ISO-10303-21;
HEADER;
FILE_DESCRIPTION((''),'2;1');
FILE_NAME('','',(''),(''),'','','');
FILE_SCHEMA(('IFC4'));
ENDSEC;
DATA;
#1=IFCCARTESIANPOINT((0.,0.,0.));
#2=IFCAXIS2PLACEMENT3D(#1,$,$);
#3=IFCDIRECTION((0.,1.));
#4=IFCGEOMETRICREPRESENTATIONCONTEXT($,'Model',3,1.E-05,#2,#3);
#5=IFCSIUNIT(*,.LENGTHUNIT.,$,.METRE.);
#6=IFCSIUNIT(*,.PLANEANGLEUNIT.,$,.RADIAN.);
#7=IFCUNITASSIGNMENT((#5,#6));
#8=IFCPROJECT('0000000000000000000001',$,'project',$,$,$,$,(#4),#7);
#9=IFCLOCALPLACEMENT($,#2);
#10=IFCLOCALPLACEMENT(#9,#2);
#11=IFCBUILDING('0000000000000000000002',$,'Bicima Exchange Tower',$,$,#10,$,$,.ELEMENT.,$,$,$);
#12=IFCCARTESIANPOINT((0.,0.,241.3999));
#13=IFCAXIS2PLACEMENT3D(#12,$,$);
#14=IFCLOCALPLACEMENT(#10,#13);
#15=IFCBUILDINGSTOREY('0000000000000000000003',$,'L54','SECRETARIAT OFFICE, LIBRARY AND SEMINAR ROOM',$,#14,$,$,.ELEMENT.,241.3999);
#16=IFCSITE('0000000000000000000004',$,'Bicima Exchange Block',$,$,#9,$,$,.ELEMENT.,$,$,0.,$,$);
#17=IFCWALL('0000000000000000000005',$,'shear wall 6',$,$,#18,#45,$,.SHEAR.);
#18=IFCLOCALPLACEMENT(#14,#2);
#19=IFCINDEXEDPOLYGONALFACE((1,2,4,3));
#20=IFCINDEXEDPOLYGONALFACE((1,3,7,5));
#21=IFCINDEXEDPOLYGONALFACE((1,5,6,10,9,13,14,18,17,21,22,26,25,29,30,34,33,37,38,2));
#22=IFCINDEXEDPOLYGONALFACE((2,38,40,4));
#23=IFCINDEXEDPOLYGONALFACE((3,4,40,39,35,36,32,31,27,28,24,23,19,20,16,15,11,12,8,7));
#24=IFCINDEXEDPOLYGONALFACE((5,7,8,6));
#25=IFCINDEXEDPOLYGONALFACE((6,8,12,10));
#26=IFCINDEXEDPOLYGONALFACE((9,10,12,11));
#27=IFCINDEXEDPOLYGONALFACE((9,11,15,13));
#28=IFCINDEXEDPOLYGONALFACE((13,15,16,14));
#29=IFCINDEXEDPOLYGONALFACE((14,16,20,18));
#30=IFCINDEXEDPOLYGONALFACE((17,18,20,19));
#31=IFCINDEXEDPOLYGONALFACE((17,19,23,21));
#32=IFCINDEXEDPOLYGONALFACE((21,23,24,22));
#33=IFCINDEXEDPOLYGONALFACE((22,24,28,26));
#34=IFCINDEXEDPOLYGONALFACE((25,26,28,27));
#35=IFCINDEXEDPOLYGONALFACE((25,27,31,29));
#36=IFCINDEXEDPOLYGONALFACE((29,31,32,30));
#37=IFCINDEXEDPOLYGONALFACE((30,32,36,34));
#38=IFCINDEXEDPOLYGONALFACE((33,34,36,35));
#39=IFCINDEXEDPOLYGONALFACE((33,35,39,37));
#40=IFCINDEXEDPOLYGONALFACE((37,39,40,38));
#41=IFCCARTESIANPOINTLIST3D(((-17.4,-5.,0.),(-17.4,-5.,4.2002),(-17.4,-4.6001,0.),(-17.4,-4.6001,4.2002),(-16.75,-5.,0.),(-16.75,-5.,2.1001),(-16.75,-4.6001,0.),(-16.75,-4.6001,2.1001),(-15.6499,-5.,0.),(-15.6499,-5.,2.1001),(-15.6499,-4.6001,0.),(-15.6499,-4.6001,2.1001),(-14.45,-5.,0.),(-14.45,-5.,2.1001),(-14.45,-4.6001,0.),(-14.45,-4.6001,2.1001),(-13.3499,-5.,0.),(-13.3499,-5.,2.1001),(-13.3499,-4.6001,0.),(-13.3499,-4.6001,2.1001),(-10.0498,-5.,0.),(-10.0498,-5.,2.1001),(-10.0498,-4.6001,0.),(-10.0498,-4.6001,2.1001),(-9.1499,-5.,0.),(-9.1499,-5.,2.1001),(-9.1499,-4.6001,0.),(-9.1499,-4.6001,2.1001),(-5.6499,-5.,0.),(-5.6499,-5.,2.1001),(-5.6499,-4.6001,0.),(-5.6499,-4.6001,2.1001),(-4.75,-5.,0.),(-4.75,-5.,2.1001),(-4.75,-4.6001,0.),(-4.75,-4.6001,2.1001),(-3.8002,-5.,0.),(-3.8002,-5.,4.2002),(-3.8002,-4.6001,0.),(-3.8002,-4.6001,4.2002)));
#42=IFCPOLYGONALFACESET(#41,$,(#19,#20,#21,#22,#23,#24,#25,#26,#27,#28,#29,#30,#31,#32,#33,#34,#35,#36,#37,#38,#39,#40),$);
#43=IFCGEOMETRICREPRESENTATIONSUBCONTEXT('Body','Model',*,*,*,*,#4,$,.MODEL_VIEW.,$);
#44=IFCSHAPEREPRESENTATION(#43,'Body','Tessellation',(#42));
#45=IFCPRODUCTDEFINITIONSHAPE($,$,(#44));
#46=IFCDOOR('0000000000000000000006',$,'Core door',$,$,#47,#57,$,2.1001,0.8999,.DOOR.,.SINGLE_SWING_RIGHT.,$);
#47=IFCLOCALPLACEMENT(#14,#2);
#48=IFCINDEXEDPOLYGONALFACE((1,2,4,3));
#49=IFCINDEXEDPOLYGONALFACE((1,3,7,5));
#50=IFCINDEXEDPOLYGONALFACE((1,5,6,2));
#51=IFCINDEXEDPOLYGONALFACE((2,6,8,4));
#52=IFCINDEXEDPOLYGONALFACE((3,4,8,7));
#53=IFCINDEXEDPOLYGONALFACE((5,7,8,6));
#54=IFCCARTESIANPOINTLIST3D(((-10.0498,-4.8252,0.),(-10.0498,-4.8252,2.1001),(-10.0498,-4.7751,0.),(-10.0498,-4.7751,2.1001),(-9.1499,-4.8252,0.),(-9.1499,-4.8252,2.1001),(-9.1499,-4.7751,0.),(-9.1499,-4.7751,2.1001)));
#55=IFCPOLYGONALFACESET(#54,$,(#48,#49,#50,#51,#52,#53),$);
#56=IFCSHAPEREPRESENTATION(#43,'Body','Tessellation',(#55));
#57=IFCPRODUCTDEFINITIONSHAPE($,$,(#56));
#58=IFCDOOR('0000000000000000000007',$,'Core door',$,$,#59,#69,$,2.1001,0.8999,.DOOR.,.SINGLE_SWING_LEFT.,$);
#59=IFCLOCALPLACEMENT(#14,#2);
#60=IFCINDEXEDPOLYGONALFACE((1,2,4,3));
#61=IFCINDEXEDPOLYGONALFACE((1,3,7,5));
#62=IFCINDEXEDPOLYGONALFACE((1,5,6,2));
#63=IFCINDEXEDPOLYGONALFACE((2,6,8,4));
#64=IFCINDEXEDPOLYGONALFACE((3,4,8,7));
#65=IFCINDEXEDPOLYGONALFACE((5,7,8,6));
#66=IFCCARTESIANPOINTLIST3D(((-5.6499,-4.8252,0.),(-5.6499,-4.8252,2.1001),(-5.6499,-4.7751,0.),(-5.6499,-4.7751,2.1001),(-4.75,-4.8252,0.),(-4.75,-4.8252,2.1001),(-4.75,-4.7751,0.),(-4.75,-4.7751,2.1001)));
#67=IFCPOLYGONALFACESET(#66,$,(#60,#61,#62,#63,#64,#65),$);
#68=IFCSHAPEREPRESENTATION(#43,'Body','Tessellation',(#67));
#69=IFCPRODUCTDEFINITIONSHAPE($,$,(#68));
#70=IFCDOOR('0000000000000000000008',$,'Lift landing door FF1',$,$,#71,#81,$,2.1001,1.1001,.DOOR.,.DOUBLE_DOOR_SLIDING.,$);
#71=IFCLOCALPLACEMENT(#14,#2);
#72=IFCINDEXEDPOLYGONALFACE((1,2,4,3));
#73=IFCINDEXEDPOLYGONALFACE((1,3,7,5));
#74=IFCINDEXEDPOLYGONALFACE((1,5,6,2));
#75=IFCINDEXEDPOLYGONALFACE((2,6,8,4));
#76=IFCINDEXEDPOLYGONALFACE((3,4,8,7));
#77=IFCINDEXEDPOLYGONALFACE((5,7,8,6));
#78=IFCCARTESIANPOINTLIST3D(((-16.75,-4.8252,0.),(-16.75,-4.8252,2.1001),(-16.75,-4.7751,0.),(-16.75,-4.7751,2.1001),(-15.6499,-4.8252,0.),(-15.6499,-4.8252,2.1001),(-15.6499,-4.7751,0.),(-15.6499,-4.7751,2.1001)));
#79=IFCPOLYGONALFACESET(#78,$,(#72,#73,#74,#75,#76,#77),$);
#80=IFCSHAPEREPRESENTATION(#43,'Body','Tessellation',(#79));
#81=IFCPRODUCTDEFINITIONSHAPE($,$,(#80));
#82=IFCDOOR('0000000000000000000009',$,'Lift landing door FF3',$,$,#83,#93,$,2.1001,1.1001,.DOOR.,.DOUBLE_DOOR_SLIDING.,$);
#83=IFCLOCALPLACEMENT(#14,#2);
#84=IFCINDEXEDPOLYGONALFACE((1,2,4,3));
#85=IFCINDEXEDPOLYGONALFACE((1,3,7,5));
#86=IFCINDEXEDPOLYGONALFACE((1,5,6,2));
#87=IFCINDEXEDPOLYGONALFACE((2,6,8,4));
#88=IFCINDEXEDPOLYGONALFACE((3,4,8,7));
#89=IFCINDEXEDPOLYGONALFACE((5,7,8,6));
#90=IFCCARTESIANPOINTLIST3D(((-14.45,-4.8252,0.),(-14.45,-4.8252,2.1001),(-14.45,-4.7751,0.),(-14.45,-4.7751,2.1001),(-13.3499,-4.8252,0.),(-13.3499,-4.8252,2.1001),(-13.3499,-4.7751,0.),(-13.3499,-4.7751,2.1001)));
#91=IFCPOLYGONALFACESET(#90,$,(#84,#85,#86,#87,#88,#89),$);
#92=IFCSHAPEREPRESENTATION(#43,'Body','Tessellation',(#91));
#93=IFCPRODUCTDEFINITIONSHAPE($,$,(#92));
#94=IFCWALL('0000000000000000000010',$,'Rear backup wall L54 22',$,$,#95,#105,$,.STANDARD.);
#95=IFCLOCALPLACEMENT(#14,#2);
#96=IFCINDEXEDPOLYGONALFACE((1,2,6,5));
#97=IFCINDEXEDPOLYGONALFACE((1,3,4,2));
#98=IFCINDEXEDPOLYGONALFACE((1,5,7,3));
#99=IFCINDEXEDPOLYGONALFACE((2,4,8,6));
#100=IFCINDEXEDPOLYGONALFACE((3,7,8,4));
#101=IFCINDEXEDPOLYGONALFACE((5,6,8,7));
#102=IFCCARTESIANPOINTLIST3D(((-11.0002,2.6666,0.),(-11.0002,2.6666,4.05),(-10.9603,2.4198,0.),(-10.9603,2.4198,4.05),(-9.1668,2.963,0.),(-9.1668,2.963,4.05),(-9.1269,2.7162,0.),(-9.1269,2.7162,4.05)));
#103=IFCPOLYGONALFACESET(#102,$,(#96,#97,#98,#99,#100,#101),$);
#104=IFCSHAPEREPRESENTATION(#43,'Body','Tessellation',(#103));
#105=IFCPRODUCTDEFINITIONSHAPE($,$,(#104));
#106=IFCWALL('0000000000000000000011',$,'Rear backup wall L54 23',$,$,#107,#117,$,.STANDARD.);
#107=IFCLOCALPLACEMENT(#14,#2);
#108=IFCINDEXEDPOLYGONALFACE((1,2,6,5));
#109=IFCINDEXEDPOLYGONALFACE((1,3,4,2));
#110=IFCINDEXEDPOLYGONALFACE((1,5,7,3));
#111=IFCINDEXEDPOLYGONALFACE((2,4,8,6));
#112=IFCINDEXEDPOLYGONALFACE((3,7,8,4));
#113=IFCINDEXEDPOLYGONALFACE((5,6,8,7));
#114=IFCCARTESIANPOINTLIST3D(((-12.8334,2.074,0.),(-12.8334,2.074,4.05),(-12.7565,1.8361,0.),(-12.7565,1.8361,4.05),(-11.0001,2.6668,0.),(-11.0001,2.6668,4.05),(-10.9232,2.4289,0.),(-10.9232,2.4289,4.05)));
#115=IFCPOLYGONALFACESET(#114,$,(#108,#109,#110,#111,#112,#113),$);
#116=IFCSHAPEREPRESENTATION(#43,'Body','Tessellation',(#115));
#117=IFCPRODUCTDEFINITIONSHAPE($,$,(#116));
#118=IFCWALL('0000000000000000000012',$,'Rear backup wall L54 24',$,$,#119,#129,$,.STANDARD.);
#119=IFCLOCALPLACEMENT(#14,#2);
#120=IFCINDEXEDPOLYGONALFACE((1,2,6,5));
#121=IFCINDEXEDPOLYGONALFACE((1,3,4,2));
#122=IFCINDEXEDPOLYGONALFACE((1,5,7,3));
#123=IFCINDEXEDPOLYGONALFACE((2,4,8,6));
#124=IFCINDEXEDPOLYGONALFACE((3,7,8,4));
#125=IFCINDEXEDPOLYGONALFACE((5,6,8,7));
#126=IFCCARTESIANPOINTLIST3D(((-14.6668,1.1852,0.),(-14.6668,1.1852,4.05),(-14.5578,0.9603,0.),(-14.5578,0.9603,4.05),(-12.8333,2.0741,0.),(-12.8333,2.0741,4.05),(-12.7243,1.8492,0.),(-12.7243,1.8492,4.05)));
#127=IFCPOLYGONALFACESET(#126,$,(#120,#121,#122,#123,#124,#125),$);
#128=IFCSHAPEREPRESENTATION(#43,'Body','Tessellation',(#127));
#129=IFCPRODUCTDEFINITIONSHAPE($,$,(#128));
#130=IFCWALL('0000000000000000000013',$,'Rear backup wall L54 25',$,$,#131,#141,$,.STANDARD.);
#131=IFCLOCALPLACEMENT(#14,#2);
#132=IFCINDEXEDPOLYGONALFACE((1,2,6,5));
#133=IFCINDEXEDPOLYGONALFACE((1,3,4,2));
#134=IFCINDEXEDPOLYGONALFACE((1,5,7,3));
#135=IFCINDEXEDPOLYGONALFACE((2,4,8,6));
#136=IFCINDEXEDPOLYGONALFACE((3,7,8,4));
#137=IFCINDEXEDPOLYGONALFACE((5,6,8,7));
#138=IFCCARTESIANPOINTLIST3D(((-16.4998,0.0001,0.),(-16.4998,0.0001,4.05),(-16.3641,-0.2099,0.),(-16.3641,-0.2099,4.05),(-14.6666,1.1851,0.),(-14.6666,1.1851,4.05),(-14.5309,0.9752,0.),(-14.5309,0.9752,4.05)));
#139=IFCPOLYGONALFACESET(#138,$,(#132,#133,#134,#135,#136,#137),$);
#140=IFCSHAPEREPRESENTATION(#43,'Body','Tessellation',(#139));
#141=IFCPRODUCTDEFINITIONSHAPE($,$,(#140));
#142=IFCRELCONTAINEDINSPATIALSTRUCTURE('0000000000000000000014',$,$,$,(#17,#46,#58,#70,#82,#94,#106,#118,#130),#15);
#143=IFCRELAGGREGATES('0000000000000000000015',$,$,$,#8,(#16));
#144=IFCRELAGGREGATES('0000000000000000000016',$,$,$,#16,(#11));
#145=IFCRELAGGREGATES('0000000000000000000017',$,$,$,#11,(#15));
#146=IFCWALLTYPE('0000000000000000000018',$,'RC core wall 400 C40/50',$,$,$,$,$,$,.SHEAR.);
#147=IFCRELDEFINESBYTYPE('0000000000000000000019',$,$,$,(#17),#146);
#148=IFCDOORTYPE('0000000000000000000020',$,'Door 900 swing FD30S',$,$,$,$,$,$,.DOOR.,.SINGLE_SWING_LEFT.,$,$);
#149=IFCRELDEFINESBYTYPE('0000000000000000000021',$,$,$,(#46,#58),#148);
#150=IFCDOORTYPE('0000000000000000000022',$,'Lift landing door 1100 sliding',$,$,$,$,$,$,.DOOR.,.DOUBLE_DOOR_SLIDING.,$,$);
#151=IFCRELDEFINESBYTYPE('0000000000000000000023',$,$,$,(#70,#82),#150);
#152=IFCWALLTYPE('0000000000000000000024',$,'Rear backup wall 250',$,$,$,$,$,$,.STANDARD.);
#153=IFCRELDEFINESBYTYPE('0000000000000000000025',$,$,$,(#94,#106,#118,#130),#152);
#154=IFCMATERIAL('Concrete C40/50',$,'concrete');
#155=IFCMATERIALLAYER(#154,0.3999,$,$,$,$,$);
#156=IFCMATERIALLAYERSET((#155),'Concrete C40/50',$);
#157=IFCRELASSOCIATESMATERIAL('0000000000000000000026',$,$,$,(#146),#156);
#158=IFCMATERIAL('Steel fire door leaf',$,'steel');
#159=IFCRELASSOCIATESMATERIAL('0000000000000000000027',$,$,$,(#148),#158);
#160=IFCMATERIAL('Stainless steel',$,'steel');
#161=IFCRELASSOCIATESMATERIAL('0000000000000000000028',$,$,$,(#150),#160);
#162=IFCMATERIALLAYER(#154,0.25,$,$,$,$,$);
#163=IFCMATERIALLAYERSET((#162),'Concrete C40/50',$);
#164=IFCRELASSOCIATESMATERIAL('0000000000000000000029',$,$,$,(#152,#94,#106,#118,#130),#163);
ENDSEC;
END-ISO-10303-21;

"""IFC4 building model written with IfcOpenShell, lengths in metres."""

from ifc_helpers import new_model, si_unit, direction, frame, frame_2d, origin, place, context, subcontext, project, spatial, rectangle, extrude, material, layer, layer_set, layer_usage, type_object, element, fill, save


model = new_model("IFC4")

# Units and contexts
model_context = context("Model", 3, precision=1e-05, world=origin(), true_north=direction((0.0, 1.0)))
body_context = subcontext(model_context, "Body", "Model", "MODEL_VIEW")
ifc_project = project(units=[si_unit("LENGTHUNIT", "METRE"), si_unit("PLANEANGLEUNIT", "RADIAN")], contexts=[model_context])

# Site, building, storey
site_placement = place(None, origin())
site = spatial("IfcSite", under=ifc_project, at=site_placement, Name="Bicima Exchange Block", CompositionType="ELEMENT", RefElevation=0.0)
building_placement = place(site_placement, origin())
building = spatial("IfcBuilding", under=site, at=building_placement, Name="Bicima Exchange Tower", CompositionType="ELEMENT")
storey_placement = place(building_placement, frame((0.0, 0.0, 241.3999)))
storey = spatial("IfcBuildingStorey", under=building, at=storey_placement, Name="L54", Description="SECRETARIAT OFFICE, LIBRARY AND SEMINAR ROOM", CompositionType="ELEMENT", Elevation=241.3999)

# Shared definitions
ifc_material_1 = material(Name="Concrete C40/50", Category="concrete")
ifc_layer_1 = layer(ifc_material_1, 0.3999)
ifc_layer_set_1 = layer_set([ifc_layer_1], Name="Concrete C40/50")
wall_type_1 = type_object("IfcWallType", Name="RC core wall 400 C40/50", PredefinedType="SHEAR", material=ifc_layer_set_1)
ifc_material_2 = material(Name="Steel fire door leaf", Category="steel")
door_type_1 = type_object("IfcDoorType", Name="Door 900 swing FD30S", OperationType="SINGLE_SWING_LEFT", PredefinedType="DOOR", material=ifc_material_2)

# Wall, openings, doors
wall_1_placement = place(storey_placement, frame((-17.3999, -4.8, 0.0), z_axis=(0.0, 0.0, 1.0), x_axis=(1.0, 0.0, 0.0)))
wall_1 = element("IfcWall", 1, at=wall_1_placement, inside=storey, type_object=wall_type_1, Name="shear wall 6", PredefinedType="SHEAR", context=body_context, shape_type="SweptSolid", body=[
    extrude(rectangle(XDim=13.5999, YDim=0.3999, at=frame_2d((6.7998, 0.0))), origin(), (0.0, 0.0, 1.0), 4.2002),
])
opening_1_placement = place(wall_1_placement, frame((0.6499, 0.0, 0.0)))
opening_1 = element("IfcOpeningElement", 2, at=opening_1_placement, cuts=wall_1, PredefinedType="OPENING", context=body_context, shape_type="SweptSolid", body=[
    extrude(rectangle(XDim=1.1001, YDim=2.1001, at=frame_2d((0.55, 1.05))), frame((0.0, 0.2119, 0.0), z_axis=(0.0, -1.0, 0.0), x_axis=(1.0, 0.0, 0.0)), (0.0, 0.0, 1.0), 0.4238),
])
opening_2_placement = place(wall_1_placement, frame((2.95, 0.0, 0.0)))
opening_2 = element("IfcOpeningElement", 3, at=opening_2_placement, cuts=wall_1, PredefinedType="OPENING", context=body_context, shape_type="SweptSolid", body=[
    extrude(rectangle(XDim=1.1001, YDim=2.1001, at=frame_2d((0.55, 1.05))), frame((0.0, 0.2119, 0.0), z_axis=(0.0, -1.0, 0.0), x_axis=(1.0, 0.0, 0.0)), (0.0, 0.0, 1.0), 0.4238),
])
opening_3_placement = place(wall_1_placement, frame((7.3501, 0.0, 0.0)))
opening_3 = element("IfcOpeningElement", 4, at=opening_3_placement, cuts=wall_1, PredefinedType="OPENING", context=body_context, shape_type="SweptSolid", body=[
    extrude(rectangle(XDim=0.8999, YDim=2.1001, at=frame_2d((0.45, 1.05))), frame((0.0, 0.2119, 0.0), z_axis=(0.0, -1.0, 0.0), x_axis=(1.0, 0.0, 0.0)), (0.0, 0.0, 1.0), 0.4238),
])
opening_4_placement = place(wall_1_placement, frame((11.75, 0.0, 0.0)))
opening_4 = element("IfcOpeningElement", 5, at=opening_4_placement, cuts=wall_1, PredefinedType="OPENING", context=body_context, shape_type="SweptSolid", body=[
    extrude(rectangle(XDim=0.8999, YDim=2.1001, at=frame_2d((0.45, 1.05))), frame((0.0, 0.2119, 0.0), z_axis=(0.0, -1.0, 0.0), x_axis=(1.0, 0.0, 0.0)), (0.0, 0.0, 1.0), 0.4238),
])
door_1_placement = place(opening_3_placement, origin())
door_1 = element("IfcDoor", 6, at=door_1_placement, inside=storey, type_object=door_type_1, Name="Core door", OperationType="SINGLE_SWING_RIGHT", OverallHeight=2.1001, OverallWidth=0.8999, PredefinedType="DOOR", context=body_context, shape_type="SweptSolid", body=[
    extrude(rectangle(XDim=0.8999, YDim=2.1001, at=frame_2d((0.45, 1.05))), frame((0.0, 0.0249, 0.0), z_axis=(0.0, -1.0, 0.0), x_axis=(1.0, 0.0, 0.0)), (0.0, 0.0, 1.0), 0.05),
])
fill(opening_3, door_1)
door_2_placement = place(opening_4_placement, origin())
door_2 = element("IfcDoor", 7, at=door_2_placement, inside=storey, type_object=door_type_1, Name="Core door", OperationType="SINGLE_SWING_LEFT", OverallHeight=2.1001, OverallWidth=0.8999, PredefinedType="DOOR", context=body_context, shape_type="SweptSolid", body=[
    extrude(rectangle(XDim=0.8999, YDim=2.1001, at=frame_2d((0.45, 1.05))), frame((0.0, 0.0249, 0.0), z_axis=(0.0, -1.0, 0.0), x_axis=(1.0, 0.0, 0.0)), (0.0, 0.0, 1.0), 0.05),
])
fill(opening_4, door_2)
ifc_material_3 = material(Name="Stainless steel", Category="steel")
door_type_2 = type_object("IfcDoorType", Name="Lift landing door 1100 sliding", OperationType="DOUBLE_DOOR_SLIDING", PredefinedType="DOOR", material=ifc_material_3)
door_3_placement = place(opening_1_placement, origin())
door_3 = element("IfcDoor", 8, at=door_3_placement, inside=storey, type_object=door_type_2, Name="Lift landing door FF1", OperationType="DOUBLE_DOOR_SLIDING", OverallHeight=2.1001, OverallWidth=1.1001, PredefinedType="DOOR", context=body_context, shape_type="SweptSolid", body=[
    extrude(rectangle(XDim=1.1001, YDim=2.1001, at=frame_2d((0.55, 1.05))), frame((0.0, 0.0249, 0.0), z_axis=(0.0, -1.0, 0.0), x_axis=(1.0, 0.0, 0.0)), (0.0, 0.0, 1.0), 0.05),
])
fill(opening_1, door_3)
door_4_placement = place(opening_2_placement, origin())
door_4 = element("IfcDoor", 9, at=door_4_placement, inside=storey, type_object=door_type_2, Name="Lift landing door FF3", OperationType="DOUBLE_DOOR_SLIDING", OverallHeight=2.1001, OverallWidth=1.1001, PredefinedType="DOOR", context=body_context, shape_type="SweptSolid", body=[
    extrude(rectangle(XDim=1.1001, YDim=2.1001, at=frame_2d((0.55, 1.05))), frame((0.0, 0.0249, 0.0), z_axis=(0.0, -1.0, 0.0), x_axis=(1.0, 0.0, 0.0)), (0.0, 0.0, 1.0), 0.05),
])
fill(opening_2, door_4)

# Walls
ifc_layer_2 = layer(ifc_material_1, 0.25)
ifc_layer_set_2 = layer_set([ifc_layer_2], Name="Concrete C40/50")
ifc_layer_usage = layer_usage(ifc_layer_set_2, "AXIS2", "POSITIVE", -0.125)
wall_type_2 = type_object("IfcWallType", Name="Rear backup wall 250", PredefinedType="STANDARD", material=ifc_layer_set_2)
wall_2_placement = place(storey_placement, frame((-9.1467, 2.8396, 0.0), z_axis=(0.0, 0.0, 1.0), x_axis=(-0.987182, -0.1596, 0.0)))
element("IfcWall", 10, at=wall_2_placement, inside=storey, type_object=wall_type_2, material=ifc_layer_usage, Name="Rear backup wall L54 22", PredefinedType="STANDARD", context=body_context, shape_type="SweptSolid", body=[
    extrude(rectangle(XDim=1.8572, YDim=0.25, at=frame_2d((0.9287, 0.0))), origin(), (0.0, 0.0, 1.0), 4.05),
])
wall_3_placement = place(storey_placement, frame((-10.9617, 2.5479, 0.0), z_axis=(0.0, 0.0, 1.0), x_axis=(-0.951496, -0.307662, 0.0)))
element("IfcWall", 11, at=wall_3_placement, inside=storey, type_object=wall_type_2, material=ifc_layer_usage, Name="Rear backup wall L54 23", PredefinedType="STANDARD", context=body_context, shape_type="SweptSolid", body=[
    extrude(rectangle(XDim=1.9268, YDim=0.25, at=frame_2d((0.9634, 0.0))), origin(), (0.0, 0.0, 1.0), 4.05),
])
wall_4_placement = place(storey_placement, frame((-12.7788, 1.9617, 0.0), z_axis=(0.0, 0.0, 1.0), x_axis=(-0.899824, -0.436253, 0.0)))
element("IfcWall", 12, at=wall_4_placement, inside=storey, type_object=wall_type_2, material=ifc_layer_usage, Name="Rear backup wall L54 24", PredefinedType="STANDARD", context=body_context, shape_type="SweptSolid", body=[
    extrude(rectangle(XDim=2.0376, YDim=0.25, at=frame_2d((1.0188, 0.0))), origin(), (0.0, 0.0, 1.0), 4.05),
])
wall_5_placement = place(storey_placement, frame((-14.5989, 1.0801, 0.0), z_axis=(0.0, 0.0, 1.0), x_axis=(-0.839813, -0.542876, 0.0)))
element("IfcWall", 13, at=wall_5_placement, inside=storey, type_object=wall_type_2, material=ifc_layer_usage, Name="Rear backup wall L54 25", PredefinedType="STANDARD", context=body_context, shape_type="SweptSolid", body=[
    extrude(rectangle(XDim=2.1829, YDim=0.25, at=frame_2d((1.0913, 0.0))), origin(), (0.0, 0.0, 1.0), 4.05),
])

save(model, "model.ifc")
